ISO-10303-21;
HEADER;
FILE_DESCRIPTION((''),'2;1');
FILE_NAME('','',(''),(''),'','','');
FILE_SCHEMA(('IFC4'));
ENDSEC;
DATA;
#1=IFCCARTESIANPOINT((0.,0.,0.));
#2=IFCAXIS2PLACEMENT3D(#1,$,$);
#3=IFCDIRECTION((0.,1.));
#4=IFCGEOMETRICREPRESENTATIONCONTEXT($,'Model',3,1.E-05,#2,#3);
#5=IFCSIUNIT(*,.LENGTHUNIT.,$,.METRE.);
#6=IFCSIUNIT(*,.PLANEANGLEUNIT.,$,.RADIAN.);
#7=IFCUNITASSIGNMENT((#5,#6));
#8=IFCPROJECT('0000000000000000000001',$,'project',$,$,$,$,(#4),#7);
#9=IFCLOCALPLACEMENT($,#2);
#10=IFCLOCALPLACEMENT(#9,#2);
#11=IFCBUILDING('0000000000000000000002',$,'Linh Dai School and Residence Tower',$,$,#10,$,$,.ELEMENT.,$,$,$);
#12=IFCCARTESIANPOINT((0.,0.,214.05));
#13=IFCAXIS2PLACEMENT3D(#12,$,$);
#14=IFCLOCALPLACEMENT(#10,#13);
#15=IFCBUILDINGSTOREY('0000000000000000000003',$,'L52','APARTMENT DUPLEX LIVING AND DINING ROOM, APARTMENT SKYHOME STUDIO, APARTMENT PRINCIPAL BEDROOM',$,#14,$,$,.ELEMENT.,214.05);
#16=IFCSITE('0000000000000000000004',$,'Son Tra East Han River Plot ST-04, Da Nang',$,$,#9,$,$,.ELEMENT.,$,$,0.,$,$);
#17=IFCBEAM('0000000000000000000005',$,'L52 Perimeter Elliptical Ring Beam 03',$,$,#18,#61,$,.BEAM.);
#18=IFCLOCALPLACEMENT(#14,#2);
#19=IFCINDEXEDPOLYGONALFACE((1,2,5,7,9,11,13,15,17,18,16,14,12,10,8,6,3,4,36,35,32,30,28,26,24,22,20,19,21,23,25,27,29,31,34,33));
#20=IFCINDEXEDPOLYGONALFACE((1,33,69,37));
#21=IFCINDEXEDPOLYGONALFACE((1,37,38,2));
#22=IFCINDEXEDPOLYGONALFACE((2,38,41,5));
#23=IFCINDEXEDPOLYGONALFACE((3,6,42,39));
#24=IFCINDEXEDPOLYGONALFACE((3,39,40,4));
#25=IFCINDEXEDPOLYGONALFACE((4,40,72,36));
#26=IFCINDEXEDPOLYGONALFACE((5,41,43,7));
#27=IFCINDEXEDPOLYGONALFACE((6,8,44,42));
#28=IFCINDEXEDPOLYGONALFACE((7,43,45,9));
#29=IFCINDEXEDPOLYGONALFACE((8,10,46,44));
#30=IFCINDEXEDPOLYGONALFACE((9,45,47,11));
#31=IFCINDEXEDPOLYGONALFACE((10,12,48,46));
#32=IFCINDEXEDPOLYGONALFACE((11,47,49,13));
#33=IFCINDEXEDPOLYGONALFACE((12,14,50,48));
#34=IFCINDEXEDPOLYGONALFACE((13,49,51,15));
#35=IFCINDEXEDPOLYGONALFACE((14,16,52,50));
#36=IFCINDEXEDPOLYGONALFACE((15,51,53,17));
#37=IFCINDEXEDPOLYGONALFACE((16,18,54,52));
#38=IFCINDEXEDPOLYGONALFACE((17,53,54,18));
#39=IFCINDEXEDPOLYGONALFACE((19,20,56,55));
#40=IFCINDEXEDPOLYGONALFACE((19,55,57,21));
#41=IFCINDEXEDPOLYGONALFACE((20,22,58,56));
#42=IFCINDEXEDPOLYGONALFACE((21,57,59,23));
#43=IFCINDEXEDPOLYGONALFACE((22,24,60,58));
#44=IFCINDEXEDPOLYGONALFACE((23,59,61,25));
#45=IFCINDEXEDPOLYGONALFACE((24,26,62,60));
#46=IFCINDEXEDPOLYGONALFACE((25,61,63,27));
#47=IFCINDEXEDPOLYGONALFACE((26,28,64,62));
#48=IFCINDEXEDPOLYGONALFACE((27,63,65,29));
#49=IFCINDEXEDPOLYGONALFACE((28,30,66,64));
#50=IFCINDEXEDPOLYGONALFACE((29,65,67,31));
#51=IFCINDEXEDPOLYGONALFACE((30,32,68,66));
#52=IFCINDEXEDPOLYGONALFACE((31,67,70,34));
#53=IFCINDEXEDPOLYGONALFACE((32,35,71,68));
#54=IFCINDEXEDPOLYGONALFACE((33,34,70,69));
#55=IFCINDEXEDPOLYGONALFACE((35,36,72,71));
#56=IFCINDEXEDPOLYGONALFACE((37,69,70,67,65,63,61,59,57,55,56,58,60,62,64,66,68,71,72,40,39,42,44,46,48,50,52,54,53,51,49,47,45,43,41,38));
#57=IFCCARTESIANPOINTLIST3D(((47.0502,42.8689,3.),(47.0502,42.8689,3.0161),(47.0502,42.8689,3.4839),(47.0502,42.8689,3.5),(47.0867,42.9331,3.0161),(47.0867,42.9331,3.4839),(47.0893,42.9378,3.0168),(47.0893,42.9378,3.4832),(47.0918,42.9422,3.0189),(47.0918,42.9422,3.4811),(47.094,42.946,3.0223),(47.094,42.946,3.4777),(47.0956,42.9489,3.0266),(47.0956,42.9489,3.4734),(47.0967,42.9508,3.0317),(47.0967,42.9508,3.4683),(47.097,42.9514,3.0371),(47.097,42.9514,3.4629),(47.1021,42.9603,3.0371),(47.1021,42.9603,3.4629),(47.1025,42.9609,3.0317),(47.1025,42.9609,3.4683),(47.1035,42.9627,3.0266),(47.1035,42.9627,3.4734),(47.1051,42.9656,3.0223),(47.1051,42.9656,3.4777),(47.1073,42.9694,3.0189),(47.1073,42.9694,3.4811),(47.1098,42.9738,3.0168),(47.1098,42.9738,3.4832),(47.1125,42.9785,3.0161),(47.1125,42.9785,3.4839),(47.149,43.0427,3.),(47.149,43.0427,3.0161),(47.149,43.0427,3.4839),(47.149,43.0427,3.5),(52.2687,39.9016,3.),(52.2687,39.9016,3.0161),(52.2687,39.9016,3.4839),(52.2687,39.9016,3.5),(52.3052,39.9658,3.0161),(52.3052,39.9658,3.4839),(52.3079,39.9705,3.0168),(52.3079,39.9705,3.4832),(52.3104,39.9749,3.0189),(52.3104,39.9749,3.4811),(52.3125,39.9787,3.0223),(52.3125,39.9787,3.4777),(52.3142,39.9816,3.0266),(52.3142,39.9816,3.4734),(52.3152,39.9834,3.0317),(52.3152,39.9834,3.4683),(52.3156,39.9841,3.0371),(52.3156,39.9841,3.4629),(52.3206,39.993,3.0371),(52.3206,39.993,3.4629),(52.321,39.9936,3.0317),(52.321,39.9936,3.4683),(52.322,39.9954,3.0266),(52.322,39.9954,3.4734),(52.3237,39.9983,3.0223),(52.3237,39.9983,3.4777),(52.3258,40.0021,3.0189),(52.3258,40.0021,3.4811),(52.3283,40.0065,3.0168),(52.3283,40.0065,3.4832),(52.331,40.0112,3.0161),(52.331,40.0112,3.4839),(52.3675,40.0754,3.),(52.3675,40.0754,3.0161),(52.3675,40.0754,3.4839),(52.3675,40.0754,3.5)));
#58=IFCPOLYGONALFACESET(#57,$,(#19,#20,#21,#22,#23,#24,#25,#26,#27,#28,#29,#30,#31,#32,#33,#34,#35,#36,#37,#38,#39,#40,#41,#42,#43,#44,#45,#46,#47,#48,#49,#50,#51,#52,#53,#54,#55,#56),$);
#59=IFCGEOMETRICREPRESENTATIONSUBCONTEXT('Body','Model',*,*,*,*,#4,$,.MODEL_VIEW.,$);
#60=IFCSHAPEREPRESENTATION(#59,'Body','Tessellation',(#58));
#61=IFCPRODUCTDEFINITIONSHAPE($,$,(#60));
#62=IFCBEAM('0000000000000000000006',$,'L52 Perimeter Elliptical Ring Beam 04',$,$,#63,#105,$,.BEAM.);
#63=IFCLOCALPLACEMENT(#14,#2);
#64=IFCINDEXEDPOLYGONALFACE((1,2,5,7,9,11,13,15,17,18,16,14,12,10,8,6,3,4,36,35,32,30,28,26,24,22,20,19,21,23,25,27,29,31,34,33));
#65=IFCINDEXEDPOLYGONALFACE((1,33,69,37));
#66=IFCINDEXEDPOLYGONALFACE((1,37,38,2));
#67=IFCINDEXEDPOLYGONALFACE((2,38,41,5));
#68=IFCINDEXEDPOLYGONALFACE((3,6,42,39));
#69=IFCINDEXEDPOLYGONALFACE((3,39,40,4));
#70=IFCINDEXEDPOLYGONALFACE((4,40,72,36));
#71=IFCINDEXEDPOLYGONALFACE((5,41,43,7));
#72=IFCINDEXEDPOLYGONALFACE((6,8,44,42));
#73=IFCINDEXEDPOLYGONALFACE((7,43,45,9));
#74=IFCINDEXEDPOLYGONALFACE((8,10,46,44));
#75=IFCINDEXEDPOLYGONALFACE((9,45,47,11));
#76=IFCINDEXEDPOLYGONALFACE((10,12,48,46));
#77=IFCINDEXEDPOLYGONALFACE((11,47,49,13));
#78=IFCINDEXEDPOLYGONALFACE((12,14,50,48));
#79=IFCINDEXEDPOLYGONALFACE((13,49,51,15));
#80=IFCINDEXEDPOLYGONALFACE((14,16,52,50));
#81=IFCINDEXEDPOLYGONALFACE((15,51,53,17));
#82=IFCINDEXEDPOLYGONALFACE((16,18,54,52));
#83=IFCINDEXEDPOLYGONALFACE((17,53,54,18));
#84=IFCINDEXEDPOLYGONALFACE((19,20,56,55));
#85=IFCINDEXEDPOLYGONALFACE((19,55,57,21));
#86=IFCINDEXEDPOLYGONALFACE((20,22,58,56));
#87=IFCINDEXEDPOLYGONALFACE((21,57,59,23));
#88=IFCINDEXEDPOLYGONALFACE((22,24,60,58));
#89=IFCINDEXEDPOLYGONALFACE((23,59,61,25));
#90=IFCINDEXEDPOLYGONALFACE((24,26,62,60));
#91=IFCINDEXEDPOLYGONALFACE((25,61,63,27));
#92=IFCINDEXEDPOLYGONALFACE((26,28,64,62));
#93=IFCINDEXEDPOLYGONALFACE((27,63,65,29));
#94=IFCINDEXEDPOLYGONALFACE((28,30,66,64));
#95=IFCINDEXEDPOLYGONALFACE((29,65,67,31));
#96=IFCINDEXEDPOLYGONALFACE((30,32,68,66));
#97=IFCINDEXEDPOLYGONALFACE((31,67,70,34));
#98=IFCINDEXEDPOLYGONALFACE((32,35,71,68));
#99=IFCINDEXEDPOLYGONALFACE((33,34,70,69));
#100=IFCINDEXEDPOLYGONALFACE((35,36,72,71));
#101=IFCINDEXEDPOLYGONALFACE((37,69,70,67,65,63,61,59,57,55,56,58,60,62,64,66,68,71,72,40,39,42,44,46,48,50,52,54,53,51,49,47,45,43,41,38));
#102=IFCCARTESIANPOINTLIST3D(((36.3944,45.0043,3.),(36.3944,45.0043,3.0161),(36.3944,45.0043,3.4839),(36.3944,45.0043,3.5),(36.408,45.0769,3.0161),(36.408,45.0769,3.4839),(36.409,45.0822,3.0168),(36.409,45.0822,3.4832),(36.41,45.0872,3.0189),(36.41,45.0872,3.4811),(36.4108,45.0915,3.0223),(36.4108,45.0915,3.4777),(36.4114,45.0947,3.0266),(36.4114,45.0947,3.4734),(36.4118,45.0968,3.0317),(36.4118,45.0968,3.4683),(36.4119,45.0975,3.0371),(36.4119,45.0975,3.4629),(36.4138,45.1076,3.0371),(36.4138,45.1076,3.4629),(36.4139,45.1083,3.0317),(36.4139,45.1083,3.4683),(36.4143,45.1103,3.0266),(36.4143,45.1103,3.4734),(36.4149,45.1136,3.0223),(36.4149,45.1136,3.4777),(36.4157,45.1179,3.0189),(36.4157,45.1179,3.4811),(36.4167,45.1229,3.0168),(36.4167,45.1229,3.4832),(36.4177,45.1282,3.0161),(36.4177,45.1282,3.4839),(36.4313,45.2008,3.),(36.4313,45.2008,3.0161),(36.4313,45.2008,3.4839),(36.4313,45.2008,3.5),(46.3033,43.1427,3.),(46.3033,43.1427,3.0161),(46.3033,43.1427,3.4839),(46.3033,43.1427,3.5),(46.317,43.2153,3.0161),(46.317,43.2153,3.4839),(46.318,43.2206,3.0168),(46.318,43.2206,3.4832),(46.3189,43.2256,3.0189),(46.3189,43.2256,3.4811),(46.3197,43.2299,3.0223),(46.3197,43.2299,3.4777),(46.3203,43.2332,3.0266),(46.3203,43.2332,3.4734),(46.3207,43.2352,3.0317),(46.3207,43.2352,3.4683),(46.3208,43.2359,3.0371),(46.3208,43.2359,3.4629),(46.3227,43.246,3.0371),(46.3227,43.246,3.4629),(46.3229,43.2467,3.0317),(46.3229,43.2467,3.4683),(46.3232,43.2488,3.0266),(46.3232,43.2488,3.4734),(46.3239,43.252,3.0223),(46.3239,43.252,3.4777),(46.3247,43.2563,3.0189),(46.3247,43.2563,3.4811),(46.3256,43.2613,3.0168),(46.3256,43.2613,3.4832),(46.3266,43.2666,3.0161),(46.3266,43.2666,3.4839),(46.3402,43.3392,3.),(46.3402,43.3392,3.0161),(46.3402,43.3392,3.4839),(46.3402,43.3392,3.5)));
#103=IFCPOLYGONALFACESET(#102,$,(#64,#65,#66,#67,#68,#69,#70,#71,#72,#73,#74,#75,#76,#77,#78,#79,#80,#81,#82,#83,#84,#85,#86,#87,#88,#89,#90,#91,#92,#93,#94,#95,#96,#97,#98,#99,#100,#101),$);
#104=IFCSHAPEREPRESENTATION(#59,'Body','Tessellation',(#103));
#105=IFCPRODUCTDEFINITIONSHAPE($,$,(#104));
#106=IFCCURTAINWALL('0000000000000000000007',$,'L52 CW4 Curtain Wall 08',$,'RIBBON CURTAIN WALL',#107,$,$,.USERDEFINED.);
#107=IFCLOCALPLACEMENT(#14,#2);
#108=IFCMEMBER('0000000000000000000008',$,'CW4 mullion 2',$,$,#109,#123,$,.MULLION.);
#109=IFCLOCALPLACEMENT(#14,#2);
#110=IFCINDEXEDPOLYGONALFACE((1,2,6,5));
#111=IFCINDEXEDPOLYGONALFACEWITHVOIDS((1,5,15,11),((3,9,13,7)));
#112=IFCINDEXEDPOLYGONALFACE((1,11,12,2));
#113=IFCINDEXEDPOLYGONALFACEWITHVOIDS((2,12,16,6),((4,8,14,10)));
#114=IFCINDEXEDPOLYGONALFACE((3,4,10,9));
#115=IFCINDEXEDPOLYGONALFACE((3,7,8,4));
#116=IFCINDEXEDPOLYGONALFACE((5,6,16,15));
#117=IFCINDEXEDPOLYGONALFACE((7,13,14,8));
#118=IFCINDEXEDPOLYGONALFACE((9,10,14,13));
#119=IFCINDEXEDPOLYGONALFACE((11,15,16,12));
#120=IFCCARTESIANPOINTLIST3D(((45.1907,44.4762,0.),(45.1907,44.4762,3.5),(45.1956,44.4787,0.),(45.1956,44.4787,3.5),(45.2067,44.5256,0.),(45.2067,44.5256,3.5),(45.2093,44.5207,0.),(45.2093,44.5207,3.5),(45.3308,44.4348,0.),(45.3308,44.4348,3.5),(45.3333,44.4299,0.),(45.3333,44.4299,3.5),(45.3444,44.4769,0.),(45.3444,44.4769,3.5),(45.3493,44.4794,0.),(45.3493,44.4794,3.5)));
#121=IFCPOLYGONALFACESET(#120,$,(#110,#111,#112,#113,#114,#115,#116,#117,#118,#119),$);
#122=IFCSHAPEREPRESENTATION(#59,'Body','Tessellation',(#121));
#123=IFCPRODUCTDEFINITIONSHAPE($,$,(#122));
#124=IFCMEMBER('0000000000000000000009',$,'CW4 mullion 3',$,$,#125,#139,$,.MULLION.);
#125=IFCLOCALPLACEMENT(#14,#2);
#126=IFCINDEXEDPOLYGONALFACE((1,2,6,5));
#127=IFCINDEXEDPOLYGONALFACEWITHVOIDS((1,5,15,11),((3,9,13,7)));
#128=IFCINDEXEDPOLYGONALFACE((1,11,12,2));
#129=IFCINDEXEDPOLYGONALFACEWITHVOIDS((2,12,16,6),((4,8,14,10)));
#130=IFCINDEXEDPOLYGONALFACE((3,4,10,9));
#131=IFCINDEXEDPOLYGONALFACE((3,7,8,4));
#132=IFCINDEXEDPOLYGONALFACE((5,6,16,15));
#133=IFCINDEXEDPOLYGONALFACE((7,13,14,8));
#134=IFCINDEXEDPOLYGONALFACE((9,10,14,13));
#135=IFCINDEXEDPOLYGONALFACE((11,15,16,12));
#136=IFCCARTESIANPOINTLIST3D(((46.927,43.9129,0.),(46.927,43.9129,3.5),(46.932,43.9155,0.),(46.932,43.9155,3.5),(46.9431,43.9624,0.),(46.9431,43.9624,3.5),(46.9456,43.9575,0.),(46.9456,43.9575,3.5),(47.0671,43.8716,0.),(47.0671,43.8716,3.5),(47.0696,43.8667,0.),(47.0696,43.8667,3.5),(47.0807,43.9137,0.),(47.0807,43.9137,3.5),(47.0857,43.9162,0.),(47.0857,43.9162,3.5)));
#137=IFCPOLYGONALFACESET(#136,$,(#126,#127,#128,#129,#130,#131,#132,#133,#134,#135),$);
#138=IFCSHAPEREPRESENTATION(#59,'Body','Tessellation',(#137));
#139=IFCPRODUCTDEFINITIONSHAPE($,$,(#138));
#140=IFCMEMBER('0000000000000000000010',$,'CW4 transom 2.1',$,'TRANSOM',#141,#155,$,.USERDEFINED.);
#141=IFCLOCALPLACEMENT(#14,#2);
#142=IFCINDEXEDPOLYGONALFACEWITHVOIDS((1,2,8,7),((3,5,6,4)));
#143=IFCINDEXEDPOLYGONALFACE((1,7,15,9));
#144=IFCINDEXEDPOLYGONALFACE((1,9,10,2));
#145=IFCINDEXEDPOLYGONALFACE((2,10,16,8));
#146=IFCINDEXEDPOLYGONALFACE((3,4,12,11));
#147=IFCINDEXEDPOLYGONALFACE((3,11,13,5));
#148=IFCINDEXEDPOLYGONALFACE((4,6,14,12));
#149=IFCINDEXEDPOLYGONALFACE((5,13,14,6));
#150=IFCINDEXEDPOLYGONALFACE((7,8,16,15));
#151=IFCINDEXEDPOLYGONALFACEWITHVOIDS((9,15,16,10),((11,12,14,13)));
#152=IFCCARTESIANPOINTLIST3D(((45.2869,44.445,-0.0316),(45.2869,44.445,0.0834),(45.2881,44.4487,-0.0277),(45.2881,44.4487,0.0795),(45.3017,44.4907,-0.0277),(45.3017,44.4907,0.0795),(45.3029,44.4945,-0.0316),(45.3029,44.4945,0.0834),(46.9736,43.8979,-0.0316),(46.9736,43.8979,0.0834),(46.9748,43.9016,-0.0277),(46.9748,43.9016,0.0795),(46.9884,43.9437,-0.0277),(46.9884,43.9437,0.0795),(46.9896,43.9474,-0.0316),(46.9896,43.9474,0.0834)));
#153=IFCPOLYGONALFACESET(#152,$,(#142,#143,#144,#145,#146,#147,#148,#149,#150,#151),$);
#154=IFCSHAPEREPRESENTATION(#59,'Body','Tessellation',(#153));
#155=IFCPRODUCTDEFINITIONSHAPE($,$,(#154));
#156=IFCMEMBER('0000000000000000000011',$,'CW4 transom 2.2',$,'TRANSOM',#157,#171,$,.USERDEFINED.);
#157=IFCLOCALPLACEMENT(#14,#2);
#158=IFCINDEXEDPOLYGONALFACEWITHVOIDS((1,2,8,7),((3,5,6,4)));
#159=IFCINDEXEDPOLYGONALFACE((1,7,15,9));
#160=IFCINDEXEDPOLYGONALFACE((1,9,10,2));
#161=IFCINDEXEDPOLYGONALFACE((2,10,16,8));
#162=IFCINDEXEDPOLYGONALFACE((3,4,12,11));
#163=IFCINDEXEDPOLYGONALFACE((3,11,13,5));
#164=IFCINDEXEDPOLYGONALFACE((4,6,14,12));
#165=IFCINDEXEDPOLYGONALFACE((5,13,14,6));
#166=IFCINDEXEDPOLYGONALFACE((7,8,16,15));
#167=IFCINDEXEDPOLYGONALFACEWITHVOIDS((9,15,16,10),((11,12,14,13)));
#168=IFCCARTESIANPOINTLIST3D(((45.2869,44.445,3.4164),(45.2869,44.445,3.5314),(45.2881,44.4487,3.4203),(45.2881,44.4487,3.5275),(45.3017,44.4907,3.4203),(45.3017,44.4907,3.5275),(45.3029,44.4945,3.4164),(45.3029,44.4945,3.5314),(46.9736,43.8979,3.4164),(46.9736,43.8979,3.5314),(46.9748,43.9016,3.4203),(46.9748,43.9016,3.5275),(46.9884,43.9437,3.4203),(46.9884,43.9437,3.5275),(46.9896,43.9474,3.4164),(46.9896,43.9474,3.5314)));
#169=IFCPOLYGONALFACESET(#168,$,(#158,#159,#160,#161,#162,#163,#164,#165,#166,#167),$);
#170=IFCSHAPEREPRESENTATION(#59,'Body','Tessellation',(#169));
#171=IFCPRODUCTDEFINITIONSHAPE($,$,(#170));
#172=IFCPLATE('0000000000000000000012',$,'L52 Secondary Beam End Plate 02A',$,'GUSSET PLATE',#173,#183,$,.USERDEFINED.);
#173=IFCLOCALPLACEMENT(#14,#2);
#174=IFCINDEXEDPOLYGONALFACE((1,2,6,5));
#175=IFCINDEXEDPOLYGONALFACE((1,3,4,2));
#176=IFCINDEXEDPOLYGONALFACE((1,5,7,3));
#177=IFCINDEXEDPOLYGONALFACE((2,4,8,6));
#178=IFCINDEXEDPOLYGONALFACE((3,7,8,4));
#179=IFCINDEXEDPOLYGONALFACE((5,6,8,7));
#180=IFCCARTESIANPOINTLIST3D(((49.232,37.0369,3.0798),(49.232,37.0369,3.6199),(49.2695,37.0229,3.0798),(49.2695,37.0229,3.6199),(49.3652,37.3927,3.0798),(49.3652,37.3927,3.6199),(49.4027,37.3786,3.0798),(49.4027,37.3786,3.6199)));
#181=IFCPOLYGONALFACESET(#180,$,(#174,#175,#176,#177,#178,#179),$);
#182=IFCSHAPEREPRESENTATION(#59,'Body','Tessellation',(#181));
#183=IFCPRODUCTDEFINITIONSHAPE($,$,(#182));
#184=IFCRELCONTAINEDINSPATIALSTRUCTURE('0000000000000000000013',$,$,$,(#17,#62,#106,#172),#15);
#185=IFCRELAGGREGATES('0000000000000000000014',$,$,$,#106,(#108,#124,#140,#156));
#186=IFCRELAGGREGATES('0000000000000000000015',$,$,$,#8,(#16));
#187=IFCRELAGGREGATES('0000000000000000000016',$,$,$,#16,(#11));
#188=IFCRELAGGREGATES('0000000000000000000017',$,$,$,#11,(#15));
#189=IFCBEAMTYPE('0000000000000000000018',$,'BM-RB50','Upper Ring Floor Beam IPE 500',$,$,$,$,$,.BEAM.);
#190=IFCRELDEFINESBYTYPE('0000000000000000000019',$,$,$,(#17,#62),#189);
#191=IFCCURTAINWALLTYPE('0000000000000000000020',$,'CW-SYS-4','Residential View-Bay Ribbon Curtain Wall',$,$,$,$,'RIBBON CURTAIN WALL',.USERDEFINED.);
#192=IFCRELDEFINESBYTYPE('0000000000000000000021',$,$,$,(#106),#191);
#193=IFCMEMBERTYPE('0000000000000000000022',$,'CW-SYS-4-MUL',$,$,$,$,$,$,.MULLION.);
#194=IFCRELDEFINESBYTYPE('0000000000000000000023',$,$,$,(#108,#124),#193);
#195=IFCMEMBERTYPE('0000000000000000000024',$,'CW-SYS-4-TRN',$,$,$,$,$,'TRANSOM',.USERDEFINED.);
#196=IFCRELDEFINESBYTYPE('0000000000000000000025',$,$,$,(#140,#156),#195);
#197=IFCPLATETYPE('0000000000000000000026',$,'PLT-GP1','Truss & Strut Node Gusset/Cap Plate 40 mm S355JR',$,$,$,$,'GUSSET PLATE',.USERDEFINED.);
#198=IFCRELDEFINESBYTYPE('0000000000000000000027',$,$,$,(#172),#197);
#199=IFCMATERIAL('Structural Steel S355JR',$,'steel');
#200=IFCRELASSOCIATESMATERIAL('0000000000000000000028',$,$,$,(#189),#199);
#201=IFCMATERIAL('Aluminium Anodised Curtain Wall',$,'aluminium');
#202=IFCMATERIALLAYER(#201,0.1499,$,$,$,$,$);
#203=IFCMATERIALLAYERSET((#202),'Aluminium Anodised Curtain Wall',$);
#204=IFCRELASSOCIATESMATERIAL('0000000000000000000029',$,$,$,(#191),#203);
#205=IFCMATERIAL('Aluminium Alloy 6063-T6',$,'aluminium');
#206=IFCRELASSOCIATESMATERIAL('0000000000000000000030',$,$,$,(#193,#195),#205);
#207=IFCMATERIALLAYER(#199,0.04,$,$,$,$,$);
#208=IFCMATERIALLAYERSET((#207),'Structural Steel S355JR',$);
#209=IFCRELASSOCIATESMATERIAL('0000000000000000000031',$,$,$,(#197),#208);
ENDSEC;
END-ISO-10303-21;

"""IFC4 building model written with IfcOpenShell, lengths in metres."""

from ifc_helpers import new_model, si_unit, direction, frame, origin, origin_2d, place, context, subcontext, project, spatial, rectangle, hollow_rectangle, i_section, extrude, source, transform, mapped, material, layer, layer_set, material_profile, profile_set, type_object, element, aggregate, save


model = new_model("IFC4")

# Units and contexts
model_context = context("Model", 3, precision=1e-05, world=origin(), true_north=direction((0.0, 1.0)))
body_context = subcontext(model_context, "Body", "Model", "MODEL_VIEW")
ifc_project = project(units=[si_unit("LENGTHUNIT", "METRE"), si_unit("PLANEANGLEUNIT", "RADIAN")], contexts=[model_context])

# Site, building, storey
site_placement = place(None, origin())
site = spatial("IfcSite", under=ifc_project, at=site_placement, Name="Son Tra East Han River Plot ST-04, Da Nang", CompositionType="ELEMENT", RefElevation=0.0)
building_placement = place(site_placement, origin())
building = spatial("IfcBuilding", under=site, at=building_placement, Name="Linh Dai School and Residence Tower", CompositionType="ELEMENT")
storey_placement = place(building_placement, frame((0.0, 0.0, 214.05)))
storey = spatial("IfcBuildingStorey", under=building, at=storey_placement, Name="L52", Description="APARTMENT DUPLEX LIVING AND DINING ROOM, APARTMENT SKYHOME STUDIO, APARTMENT PRINCIPAL BEDROOM", CompositionType="ELEMENT", Elevation=214.05)

# Shared definitions
ifc_material_1 = material(Name="Structural Steel S355JR", Category="steel")

# Beams
ifc_material_profile_1 = material_profile(ifc_material_1, i_section(OverallWidth=0.2, OverallDepth=0.5, WebThickness=0.0103, FlangeThickness=0.0161, FilletRadius=0.021, at=origin_2d()), Name="IPE 500")
ifc_profile_set_1 = profile_set([ifc_material_profile_1], Name="Structural Steel S355JR")
beam_type_1 = type_object("IfcBeamType", Name="BM-RB50", Description="Upper Ring Floor Beam IPE 500", PredefinedType="BEAM", material=ifc_profile_set_1)
beam_1_placement = place(storey_placement, frame((52.3181, 39.9885, 3.25), z_axis=(-0.869297, 0.49429, 0.0), x_axis=(-0.49429, -0.869297, 0.0)))
element("IfcBeam", 1, at=beam_1_placement, inside=storey, type_object=beam_type_1, Name="L52 Perimeter Elliptical Ring Beam 03", PredefinedType="BEAM", context=body_context, shape_type="SweptSolid", body=[
    extrude(i_section(OverallWidth=0.2, OverallDepth=0.5, WebThickness=0.0103, FlangeThickness=0.0161, FilletRadius=0.021, at=origin_2d()), origin(), (0.0, 0.0, 1.0), 6.0032),
])
beam_2_placement = place(storey_placement, frame((46.3218, 43.241, 3.25), z_axis=(-0.982807, 0.184638, 0.0), x_axis=(-0.184638, -0.982807, 0.0)))
element("IfcBeam", 2, at=beam_2_placement, inside=storey, type_object=beam_type_1, Name="L52 Perimeter Elliptical Ring Beam 04", PredefinedType="BEAM", context=body_context, shape_type="SweptSolid", body=[
    extrude(i_section(OverallWidth=0.2, OverallDepth=0.5, WebThickness=0.0103, FlangeThickness=0.0161, FilletRadius=0.021, at=origin_2d()), origin(), (0.0, 0.0, 1.0), 10.0823),
])

# Curtain wall, members
ifc_material_2 = material(Name="Aluminium Anodised Curtain Wall", Category="aluminium")
ifc_layer_1 = layer(ifc_material_2, 0.1499)
ifc_layer_set_1 = layer_set([ifc_layer_1], Name="Aluminium Anodised Curtain Wall")
curtain_wall_type = type_object("IfcCurtainWallType", Name="CW-SYS-4", Description="Residential View-Bay Ribbon Curtain Wall", ElementType="RIBBON CURTAIN WALL", PredefinedType="USERDEFINED", material=ifc_layer_set_1)
curtain_wall_placement = place(storey_placement, origin())
curtain_wall = element("IfcCurtainWall", 3, at=curtain_wall_placement, inside=storey, type_object=curtain_wall_type, Name="L52 CW4 Curtain Wall 08", ObjectType="RIBBON CURTAIN WALL", PredefinedType="USERDEFINED")
ifc_material_3 = material(Name="Aluminium Alloy 6063-T6", Category="aluminium")
ifc_material_profile_2 = material_profile(ifc_material_3, hollow_rectangle(XDim=0.052, YDim=0.1499, WallThickness=0.0039, at=origin_2d()), Name="RHS 150x52x4")
ifc_profile_set_2 = profile_set([ifc_material_profile_2], Name="Aluminium Alloy 6063-T6")
member_type_1 = type_object("IfcMemberType", Name="CW-SYS-4-MUL", PredefinedType="MULLION", material=ifc_profile_set_2)
shared_shape_1 = source(origin(), body_context, "Body", "SweptSolid", [
    extrude(hollow_rectangle(XDim=0.052, YDim=0.1499, WallThickness=0.0039, at=origin_2d()), origin(), (0.0, 0.0, 1.0), 3.5),
])
member_1_placement = place(storey_placement, frame((45.27, 44.4778, 0.0), z_axis=(0.0, 0.0, 1.0), x_axis=(0.308501, 0.951224, 0.0)))
member_1 = element("IfcMember", 4, at=member_1_placement, type_object=member_type_1, Name="CW4 mullion 2", PredefinedType="MULLION", context=body_context, shape_type="MappedRepresentation", body=[
    mapped(shared_shape_1, transform((0.0, 0.0, 0.0), x_axis=(1.0, 0.0, 0.0), y_axis=(0.0, 1.0, 0.0), z_axis=(0.0, 0.0, 1.0), scale=1.0)),
])
member_2_placement = place(storey_placement, frame((47.0063, 43.9146, 0.0), z_axis=(0.0, 0.0, 1.0), x_axis=(0.308501, 0.951224, 0.0)))
member_2 = element("IfcMember", 5, at=member_2_placement, type_object=member_type_1, Name="CW4 mullion 3", PredefinedType="MULLION", context=body_context, shape_type="MappedRepresentation", body=[
    mapped(shared_shape_1, transform((0.0, 0.0, 0.0), x_axis=(1.0, 0.0, 0.0), y_axis=(0.0, 1.0, 0.0), z_axis=(0.0, 0.0, 1.0), scale=1.0)),
])
ifc_material_profile_3 = material_profile(ifc_material_3, hollow_rectangle(XDim=0.052, YDim=0.115, WallThickness=0.0039, at=origin_2d()), Name="RHS 115x52x4")
ifc_profile_set_3 = profile_set([ifc_material_profile_3], Name="Aluminium Alloy 6063-T6")
member_type_2 = type_object("IfcMemberType", Name="CW-SYS-4-TRN", ElementType="TRANSOM", PredefinedType="USERDEFINED", material=ifc_profile_set_3)
shared_shape_2 = source(origin(), body_context, "Body", "SweptSolid", [
    extrude(hollow_rectangle(XDim=0.052, YDim=0.115, WallThickness=0.0039, at=origin_2d()), origin(), (0.0, 0.0, 1.0), 1.7732),
])
member_3_placement = place(storey_placement, frame((45.2949, 44.4697, 0.0259), z_axis=(0.951213, -0.308535, 0.0), x_axis=(0.308535, 0.951213, 0.0)))
member_3 = element("IfcMember", 6, at=member_3_placement, type_object=member_type_2, Name="CW4 transom 2.1", ObjectType="TRANSOM", PredefinedType="USERDEFINED", context=body_context, shape_type="MappedRepresentation", body=[
    mapped(shared_shape_2, transform((0.0, 0.0, 0.0), x_axis=(1.0, 0.0, 0.0), y_axis=(0.0, 1.0, 0.0), z_axis=(0.0, 0.0, 1.0), scale=1.0)),
])
member_4_placement = place(storey_placement, frame((45.2949, 44.4697, 3.4739), z_axis=(0.951213, -0.308535, 0.0), x_axis=(0.308535, 0.951213, 0.0)))
member_4 = element("IfcMember", 7, at=member_4_placement, type_object=member_type_2, Name="CW4 transom 2.2", ObjectType="TRANSOM", PredefinedType="USERDEFINED", context=body_context, shape_type="MappedRepresentation", body=[
    mapped(shared_shape_2, transform((0.0, 0.0, 0.0), x_axis=(1.0, 0.0, 0.0), y_axis=(0.0, 1.0, 0.0), z_axis=(0.0, 0.0, 1.0), scale=1.0)),
])

# Plate
ifc_layer_2 = layer(ifc_material_1, 0.04)
ifc_layer_set_2 = layer_set([ifc_layer_2], Name="Structural Steel S355JR")
plate_type_1 = type_object("IfcPlateType", Name="PLT-GP1", Description="Truss & Strut Node Gusset/Cap Plate 40 mm S355JR", ElementType="GUSSET PLATE", PredefinedType="USERDEFINED", material=ifc_layer_set_2)
shared_shape_3 = source(origin(), body_context, "Body", "SweptSolid", [
    extrude(rectangle(XDim=0.04, YDim=0.3799, at=origin_2d()), origin(), (0.0, 0.0, 1.0), 0.54),
])
plate_1_placement = place(storey_placement, frame((49.3174, 37.2078, 3.0798), z_axis=(0.0, 0.0, 1.0), x_axis=(-0.936534, 0.350577, 0.0)))
element("IfcPlate", 8, at=plate_1_placement, inside=storey, type_object=plate_type_1, Name="L52 Secondary Beam End Plate 02A", ObjectType="GUSSET PLATE", PredefinedType="USERDEFINED", context=body_context, shape_type="MappedRepresentation", body=[
    mapped(shared_shape_3, transform((0.0, 0.0, 0.0), x_axis=(1.0, 0.0, 0.0), y_axis=(0.0, 1.0, 0.0), z_axis=(0.0, 0.0, 1.0), scale=1.0)),
])

aggregate(curtain_wall, [member_1, member_2, member_3, member_4])

save(model, "model.ifc")
